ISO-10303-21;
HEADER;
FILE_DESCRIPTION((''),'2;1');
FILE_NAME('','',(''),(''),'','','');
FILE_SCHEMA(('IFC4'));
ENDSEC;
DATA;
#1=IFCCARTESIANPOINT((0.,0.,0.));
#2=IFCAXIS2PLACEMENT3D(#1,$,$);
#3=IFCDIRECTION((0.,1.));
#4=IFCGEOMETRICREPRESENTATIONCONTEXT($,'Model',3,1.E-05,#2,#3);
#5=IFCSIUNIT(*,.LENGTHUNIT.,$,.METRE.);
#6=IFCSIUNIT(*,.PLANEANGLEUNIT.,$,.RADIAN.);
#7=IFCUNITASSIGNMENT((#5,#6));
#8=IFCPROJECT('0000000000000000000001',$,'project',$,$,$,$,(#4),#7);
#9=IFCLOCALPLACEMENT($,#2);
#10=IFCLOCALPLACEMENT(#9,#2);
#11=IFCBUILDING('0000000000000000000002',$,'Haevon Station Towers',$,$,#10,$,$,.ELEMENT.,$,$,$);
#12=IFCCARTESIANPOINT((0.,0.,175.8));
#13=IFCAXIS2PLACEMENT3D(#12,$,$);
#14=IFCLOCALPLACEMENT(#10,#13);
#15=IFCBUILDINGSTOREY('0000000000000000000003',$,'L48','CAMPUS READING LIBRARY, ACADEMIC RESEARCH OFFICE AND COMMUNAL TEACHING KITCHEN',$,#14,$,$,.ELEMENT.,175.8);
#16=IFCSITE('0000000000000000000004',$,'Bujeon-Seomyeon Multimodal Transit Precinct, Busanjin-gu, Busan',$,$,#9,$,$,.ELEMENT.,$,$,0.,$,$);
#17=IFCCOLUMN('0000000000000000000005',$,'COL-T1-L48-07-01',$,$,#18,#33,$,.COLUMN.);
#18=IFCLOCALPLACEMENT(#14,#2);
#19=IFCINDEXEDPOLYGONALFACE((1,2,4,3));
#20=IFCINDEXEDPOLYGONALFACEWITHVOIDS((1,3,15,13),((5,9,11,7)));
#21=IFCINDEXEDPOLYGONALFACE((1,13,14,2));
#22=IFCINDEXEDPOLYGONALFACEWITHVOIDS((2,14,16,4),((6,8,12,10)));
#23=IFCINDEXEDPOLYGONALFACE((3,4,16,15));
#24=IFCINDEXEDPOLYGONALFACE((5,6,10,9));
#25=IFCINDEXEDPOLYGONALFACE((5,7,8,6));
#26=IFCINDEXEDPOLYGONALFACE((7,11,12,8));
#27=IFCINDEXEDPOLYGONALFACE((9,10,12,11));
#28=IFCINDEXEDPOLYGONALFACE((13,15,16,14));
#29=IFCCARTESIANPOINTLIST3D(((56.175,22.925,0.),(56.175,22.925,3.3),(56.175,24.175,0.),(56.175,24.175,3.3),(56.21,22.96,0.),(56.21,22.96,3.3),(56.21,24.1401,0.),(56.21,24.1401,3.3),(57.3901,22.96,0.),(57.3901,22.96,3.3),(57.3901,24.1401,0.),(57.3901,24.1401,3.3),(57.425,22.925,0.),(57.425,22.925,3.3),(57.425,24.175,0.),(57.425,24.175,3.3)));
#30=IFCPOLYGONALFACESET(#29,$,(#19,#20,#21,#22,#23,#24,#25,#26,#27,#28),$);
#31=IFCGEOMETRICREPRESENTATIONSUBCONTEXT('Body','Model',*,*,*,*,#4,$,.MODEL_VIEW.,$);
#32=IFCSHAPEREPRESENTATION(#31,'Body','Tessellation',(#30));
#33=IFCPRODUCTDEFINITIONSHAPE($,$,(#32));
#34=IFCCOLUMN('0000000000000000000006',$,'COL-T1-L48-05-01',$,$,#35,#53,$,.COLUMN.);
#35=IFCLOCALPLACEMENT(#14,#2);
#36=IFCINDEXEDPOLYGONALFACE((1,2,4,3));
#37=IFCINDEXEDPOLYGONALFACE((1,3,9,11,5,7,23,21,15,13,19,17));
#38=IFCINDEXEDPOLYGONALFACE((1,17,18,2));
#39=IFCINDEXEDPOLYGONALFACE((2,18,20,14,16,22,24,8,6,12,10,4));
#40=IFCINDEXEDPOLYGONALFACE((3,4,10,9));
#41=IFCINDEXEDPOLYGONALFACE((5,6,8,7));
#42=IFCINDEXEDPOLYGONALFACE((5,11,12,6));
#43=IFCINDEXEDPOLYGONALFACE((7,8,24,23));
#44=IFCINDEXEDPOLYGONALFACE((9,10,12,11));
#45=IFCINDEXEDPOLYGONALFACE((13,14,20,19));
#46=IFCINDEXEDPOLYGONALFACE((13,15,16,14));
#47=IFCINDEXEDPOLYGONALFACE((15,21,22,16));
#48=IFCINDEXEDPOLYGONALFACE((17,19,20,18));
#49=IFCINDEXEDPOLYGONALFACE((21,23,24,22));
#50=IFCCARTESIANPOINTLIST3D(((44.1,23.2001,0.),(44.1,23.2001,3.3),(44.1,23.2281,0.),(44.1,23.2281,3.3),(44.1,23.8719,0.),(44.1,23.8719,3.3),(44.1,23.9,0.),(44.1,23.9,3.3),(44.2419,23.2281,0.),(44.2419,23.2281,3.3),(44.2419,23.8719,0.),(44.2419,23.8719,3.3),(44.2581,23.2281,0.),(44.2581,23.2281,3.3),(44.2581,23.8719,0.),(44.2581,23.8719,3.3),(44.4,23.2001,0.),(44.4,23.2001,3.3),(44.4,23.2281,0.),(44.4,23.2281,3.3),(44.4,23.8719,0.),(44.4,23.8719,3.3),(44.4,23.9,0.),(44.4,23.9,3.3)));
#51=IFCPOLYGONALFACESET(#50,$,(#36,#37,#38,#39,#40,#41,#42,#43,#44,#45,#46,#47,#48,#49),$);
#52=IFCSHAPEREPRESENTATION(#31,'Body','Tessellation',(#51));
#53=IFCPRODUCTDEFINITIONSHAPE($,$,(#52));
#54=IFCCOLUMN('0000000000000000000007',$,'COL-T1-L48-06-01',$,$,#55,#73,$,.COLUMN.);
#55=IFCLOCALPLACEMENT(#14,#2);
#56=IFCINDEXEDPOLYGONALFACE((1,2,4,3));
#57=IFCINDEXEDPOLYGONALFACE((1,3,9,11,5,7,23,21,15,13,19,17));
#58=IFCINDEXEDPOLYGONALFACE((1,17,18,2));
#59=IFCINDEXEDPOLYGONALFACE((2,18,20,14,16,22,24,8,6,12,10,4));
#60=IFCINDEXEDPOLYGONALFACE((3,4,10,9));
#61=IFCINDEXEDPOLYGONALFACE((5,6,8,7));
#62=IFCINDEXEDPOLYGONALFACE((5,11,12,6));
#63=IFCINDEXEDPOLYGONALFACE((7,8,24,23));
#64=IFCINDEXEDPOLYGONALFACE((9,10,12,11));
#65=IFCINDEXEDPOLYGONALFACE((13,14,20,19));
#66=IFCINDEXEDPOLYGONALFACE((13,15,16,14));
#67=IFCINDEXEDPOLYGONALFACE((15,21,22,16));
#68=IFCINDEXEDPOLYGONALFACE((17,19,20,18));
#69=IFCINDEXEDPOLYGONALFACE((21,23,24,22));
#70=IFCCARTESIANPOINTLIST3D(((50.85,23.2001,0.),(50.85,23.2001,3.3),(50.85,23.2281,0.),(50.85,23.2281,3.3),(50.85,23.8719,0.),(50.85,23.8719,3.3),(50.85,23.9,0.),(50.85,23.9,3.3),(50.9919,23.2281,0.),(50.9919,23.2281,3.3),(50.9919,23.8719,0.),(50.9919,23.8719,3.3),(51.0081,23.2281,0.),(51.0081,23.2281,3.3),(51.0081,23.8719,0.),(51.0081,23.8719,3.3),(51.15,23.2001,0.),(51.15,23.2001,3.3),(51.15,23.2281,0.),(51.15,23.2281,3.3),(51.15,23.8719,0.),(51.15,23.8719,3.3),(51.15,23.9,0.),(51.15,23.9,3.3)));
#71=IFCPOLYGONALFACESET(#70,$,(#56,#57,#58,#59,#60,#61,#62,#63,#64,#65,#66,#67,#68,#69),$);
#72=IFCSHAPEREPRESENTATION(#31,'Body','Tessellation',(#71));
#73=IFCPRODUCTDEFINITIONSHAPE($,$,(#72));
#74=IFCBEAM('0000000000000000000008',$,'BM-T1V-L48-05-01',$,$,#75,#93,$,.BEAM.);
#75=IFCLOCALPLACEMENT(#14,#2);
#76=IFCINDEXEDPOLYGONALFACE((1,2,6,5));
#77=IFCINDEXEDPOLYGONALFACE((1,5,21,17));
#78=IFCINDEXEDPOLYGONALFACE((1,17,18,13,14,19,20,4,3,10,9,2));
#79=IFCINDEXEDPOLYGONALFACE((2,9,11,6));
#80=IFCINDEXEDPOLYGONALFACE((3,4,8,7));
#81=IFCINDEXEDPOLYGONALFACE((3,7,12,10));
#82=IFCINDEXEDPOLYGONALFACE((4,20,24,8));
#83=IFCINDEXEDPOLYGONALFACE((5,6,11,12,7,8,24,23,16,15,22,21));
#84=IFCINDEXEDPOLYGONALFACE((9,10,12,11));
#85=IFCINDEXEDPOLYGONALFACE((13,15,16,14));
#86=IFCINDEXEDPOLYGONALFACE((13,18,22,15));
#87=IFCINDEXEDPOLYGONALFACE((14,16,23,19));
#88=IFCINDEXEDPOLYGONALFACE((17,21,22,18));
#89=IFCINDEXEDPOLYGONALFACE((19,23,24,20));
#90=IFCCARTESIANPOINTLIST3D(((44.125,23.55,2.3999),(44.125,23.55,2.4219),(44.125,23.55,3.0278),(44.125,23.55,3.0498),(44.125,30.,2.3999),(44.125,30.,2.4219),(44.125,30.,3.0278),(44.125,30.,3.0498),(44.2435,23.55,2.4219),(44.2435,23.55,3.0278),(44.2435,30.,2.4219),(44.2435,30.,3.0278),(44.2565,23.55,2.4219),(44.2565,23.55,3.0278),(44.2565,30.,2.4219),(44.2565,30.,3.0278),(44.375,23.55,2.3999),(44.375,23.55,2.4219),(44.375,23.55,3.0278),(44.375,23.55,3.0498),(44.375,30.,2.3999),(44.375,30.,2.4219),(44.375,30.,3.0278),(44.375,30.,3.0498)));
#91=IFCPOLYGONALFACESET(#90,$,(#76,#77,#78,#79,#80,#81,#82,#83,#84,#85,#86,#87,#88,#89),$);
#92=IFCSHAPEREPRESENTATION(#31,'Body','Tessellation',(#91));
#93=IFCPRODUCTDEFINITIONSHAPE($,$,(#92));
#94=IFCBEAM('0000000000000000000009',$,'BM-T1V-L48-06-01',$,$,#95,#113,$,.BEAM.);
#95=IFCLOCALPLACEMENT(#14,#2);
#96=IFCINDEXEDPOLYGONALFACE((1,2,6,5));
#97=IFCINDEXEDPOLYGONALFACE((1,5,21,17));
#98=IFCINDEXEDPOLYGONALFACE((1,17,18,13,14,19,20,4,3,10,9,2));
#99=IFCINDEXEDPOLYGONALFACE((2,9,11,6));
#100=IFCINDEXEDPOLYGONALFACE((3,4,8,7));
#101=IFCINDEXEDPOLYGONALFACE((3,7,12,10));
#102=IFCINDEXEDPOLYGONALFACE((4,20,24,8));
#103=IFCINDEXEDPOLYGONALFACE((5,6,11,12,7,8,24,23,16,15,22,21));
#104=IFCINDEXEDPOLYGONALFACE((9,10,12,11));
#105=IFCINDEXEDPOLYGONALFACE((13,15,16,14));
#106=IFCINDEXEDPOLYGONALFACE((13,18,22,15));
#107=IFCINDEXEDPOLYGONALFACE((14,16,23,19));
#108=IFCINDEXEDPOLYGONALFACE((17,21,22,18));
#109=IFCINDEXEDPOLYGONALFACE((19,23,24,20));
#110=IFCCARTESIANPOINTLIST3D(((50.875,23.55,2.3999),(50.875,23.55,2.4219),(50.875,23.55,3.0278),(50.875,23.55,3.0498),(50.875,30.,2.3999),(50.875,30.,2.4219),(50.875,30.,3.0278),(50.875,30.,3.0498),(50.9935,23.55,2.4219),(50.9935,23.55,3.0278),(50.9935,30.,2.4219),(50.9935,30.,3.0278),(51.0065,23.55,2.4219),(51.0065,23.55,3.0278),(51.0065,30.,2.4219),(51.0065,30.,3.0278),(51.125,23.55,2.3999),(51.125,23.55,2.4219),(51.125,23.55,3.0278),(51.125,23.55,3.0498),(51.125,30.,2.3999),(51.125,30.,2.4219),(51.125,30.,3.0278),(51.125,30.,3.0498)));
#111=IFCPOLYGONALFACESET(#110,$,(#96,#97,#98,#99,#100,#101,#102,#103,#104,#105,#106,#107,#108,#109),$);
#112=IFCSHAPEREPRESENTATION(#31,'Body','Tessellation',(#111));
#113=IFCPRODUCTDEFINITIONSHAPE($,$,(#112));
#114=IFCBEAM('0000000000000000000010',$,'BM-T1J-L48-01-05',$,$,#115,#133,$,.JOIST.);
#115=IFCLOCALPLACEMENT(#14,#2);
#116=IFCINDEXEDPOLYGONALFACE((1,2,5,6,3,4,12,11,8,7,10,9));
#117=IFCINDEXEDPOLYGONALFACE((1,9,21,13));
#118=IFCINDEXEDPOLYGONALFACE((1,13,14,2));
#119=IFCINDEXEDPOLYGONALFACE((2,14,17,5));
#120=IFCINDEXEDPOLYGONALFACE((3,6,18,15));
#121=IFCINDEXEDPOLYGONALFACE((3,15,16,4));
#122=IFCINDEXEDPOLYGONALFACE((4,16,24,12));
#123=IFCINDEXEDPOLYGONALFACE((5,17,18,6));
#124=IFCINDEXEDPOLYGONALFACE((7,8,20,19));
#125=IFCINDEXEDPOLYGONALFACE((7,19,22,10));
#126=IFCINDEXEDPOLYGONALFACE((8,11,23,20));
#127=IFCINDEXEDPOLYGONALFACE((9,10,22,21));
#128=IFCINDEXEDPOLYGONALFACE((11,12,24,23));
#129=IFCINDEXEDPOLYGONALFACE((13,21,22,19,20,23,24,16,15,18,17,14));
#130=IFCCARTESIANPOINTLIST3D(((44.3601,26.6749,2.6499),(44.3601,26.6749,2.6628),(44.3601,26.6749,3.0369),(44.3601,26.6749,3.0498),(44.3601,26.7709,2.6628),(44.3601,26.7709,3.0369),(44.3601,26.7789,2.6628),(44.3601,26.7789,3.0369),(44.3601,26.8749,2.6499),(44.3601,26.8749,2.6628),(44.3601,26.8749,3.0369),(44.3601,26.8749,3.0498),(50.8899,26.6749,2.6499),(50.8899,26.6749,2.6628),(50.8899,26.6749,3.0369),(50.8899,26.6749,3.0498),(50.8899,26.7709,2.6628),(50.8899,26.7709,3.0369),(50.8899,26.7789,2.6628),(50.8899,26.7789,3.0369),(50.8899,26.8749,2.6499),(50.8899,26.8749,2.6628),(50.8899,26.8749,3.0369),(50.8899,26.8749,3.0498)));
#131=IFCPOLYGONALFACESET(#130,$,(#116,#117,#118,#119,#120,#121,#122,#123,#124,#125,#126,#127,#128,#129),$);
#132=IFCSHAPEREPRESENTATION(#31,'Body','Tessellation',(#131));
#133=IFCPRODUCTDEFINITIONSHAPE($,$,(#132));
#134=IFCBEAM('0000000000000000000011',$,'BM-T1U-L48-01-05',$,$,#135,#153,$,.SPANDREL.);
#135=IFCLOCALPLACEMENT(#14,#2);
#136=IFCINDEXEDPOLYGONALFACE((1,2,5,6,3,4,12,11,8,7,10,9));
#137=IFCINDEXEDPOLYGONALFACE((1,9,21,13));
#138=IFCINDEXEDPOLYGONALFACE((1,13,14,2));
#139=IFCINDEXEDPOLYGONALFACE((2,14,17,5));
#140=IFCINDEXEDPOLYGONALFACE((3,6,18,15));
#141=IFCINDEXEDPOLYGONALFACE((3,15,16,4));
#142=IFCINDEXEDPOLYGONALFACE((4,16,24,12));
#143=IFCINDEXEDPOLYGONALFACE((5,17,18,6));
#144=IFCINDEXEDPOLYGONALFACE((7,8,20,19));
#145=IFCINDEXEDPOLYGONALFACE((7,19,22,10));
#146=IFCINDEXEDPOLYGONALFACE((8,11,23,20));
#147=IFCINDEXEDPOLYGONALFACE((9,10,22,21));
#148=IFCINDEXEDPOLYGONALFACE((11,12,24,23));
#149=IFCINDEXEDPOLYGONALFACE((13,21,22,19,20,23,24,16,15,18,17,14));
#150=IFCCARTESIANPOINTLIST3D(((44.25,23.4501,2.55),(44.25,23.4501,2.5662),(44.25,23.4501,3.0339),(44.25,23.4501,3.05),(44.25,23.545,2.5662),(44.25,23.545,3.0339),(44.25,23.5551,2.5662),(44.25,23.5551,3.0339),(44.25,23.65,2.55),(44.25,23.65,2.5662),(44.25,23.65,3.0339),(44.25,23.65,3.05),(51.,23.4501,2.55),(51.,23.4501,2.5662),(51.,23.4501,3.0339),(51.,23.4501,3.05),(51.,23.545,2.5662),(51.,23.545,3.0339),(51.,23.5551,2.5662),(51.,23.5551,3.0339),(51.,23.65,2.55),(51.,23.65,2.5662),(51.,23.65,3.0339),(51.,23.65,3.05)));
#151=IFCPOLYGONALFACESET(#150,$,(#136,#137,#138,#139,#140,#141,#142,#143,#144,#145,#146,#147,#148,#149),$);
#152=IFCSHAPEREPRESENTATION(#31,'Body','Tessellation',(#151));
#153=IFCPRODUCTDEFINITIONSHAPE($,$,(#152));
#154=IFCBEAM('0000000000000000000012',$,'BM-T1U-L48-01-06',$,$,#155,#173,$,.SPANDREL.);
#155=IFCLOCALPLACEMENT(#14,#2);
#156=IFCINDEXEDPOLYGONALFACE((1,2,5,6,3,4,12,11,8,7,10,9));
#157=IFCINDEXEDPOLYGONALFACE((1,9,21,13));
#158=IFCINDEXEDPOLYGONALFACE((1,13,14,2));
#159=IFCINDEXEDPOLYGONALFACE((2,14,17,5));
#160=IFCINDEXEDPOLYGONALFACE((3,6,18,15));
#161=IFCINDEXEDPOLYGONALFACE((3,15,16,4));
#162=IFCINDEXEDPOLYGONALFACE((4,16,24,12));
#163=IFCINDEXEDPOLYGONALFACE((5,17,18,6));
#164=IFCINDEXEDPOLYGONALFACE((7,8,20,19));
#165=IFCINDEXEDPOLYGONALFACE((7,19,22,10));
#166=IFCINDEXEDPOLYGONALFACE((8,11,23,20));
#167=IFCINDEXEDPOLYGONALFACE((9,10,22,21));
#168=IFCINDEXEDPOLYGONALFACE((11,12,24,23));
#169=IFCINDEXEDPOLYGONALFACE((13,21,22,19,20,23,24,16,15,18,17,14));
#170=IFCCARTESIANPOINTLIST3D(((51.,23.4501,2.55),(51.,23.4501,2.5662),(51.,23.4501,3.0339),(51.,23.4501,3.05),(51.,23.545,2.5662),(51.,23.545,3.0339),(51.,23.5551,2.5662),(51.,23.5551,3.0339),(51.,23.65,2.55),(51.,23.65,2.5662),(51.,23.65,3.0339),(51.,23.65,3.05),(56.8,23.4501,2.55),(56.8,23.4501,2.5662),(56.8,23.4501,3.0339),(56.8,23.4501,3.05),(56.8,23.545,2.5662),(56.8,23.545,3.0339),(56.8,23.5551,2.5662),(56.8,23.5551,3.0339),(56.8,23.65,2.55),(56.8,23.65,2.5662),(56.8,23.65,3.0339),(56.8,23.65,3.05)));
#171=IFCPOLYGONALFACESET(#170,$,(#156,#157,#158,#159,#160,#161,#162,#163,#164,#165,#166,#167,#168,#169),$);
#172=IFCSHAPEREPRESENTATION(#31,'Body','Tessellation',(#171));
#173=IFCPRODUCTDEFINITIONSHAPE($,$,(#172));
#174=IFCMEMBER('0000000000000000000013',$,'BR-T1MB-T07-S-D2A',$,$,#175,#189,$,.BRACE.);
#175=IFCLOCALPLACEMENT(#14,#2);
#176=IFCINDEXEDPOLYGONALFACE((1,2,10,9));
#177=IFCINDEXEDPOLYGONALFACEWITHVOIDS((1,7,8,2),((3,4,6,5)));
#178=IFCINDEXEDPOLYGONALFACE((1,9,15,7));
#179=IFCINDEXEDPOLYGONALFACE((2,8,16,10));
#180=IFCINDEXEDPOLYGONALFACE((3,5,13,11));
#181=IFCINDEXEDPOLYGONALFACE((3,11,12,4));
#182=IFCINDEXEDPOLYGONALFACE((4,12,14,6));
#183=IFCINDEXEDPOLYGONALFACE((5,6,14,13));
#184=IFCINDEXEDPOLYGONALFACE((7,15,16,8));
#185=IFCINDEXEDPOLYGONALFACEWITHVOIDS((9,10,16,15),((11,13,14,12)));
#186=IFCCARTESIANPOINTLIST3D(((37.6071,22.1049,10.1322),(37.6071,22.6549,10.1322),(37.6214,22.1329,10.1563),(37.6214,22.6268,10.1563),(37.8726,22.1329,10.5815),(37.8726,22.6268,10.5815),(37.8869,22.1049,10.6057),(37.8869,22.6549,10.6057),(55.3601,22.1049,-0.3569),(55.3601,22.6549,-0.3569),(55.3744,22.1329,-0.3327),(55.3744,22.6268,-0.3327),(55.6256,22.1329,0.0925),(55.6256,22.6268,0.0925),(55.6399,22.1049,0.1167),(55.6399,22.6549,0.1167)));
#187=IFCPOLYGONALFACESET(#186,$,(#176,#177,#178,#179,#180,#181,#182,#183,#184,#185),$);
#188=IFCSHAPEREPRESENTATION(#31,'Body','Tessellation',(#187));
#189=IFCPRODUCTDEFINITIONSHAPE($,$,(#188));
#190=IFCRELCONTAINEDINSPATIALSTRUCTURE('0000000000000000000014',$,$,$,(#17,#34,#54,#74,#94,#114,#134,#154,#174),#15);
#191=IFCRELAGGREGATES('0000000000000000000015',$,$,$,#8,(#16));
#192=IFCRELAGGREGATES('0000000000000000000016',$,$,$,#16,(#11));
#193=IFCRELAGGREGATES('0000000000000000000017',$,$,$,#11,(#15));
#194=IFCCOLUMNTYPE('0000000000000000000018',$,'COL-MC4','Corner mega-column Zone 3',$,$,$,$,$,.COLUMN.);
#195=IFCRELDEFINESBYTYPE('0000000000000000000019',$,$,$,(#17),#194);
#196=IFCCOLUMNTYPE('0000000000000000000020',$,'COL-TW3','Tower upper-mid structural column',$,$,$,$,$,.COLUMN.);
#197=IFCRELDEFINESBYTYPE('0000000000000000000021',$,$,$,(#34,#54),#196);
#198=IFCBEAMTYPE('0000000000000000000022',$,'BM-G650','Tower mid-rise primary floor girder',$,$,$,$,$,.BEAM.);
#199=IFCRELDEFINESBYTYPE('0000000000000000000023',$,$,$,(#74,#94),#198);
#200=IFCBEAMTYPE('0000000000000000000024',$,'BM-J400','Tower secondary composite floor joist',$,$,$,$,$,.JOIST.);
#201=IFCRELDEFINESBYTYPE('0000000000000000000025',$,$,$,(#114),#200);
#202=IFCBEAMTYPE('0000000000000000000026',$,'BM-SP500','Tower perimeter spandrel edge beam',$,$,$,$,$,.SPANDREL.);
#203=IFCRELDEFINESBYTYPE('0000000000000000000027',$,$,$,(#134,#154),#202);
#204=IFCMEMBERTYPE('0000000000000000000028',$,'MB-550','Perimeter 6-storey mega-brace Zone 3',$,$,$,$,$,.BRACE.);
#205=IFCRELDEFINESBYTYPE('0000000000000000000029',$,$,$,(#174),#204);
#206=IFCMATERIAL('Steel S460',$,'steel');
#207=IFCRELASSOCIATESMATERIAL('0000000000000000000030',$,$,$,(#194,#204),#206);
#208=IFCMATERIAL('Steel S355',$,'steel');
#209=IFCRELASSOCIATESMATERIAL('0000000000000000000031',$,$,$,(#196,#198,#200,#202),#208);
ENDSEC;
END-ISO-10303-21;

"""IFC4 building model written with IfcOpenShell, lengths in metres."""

from ifc_helpers import new_model, si_unit, direction, frame, origin, origin_2d, place, context, subcontext, project, spatial, hollow_rectangle, i_section, extrude, material, material_profile, profile_set, type_object, element, save


model = new_model("IFC4")

# Units and contexts
model_context = context("Model", 3, precision=1e-05, world=origin(), true_north=direction((0.0, 1.0)))
body_context = subcontext(model_context, "Body", "Model", "MODEL_VIEW")
ifc_project = project(units=[si_unit("LENGTHUNIT", "METRE"), si_unit("PLANEANGLEUNIT", "RADIAN")], contexts=[model_context])

# Site, building, storey
site_placement = place(None, origin())
site = spatial("IfcSite", under=ifc_project, at=site_placement, Name="Bujeon-Seomyeon Multimodal Transit Precinct, Busanjin-gu, Busan", CompositionType="ELEMENT", RefElevation=0.0)
building_placement = place(site_placement, origin())
building = spatial("IfcBuilding", under=site, at=building_placement, Name="Haevon Station Towers", CompositionType="ELEMENT")
storey_placement = place(building_placement, frame((0.0, 0.0, 175.8)))
storey = spatial("IfcBuildingStorey", under=building, at=storey_placement, Name="L48", Description="CAMPUS READING LIBRARY, ACADEMIC RESEARCH OFFICE AND COMMUNAL TEACHING KITCHEN", CompositionType="ELEMENT", Elevation=175.8)

# Columns
ifc_material_1 = material(Name="Steel S460", Category="steel")
ifc_material_profile_1 = material_profile(ifc_material_1, hollow_rectangle(XDim=1.25, YDim=1.25, WallThickness=0.0349, at=origin_2d()), Name="BOX-1250x1250x35")
ifc_profile_set_1 = profile_set([ifc_material_profile_1], Name="Steel S460")
column_type_1 = type_object("IfcColumnType", Name="COL-MC4", Description="Corner mega-column Zone 3", PredefinedType="COLUMN", material=ifc_profile_set_1)
column_placement = place(storey_placement, frame((56.8, 23.55, 0.0), z_axis=(0.0, 0.0, 1.0), x_axis=(1.0, 0.0, 0.0)))
element("IfcColumn", 1, at=column_placement, inside=storey, type_object=column_type_1, Name="COL-T1-L48-07-01", PredefinedType="COLUMN", context=body_context, shape_type="SweptSolid", body=[
    extrude(hollow_rectangle(XDim=1.25, YDim=1.25, WallThickness=0.0349, at=origin_2d()), origin(), (0.0, 0.0, 1.0), 3.3),
])
ifc_material_2 = material(Name="Steel S355", Category="steel")
ifc_material_profile_2 = material_profile(ifc_material_2, i_section(OverallWidth=0.3, OverallDepth=0.7, WebThickness=0.0161, FlangeThickness=0.0281, at=origin_2d()), Name="H-700x300x16x28")
ifc_profile_set_2 = profile_set([ifc_material_profile_2], Name="Steel S355")
column_type_2 = type_object("IfcColumnType", Name="COL-TW3", Description="Tower upper-mid structural column", PredefinedType="COLUMN", material=ifc_profile_set_2)
for number, where, z_axis, x_axis, name in (
    (2, (44.25, 23.55, 0.0), (0.0, 0.0, 1.0), (1.0, 0.0, 0.0), "COL-T1-L48-05-01"),
    (3, (51.0, 23.55, 0.0), (0.0, 0.0, 1.0), (1.0, 0.0, 0.0), "COL-T1-L48-06-01"),
):
    element("IfcColumn", number, at=place(storey_placement, frame(where, z_axis=z_axis, x_axis=x_axis)), inside=storey, type_object=column_type_2, Name=name, PredefinedType="COLUMN", context=body_context, shape_type="SweptSolid", body=[
        extrude(i_section(OverallWidth=0.3, OverallDepth=0.7, WebThickness=0.0161, FlangeThickness=0.0281, at=origin_2d()), origin(), (0.0, 0.0, 1.0), 3.3),
    ])

# Beams
ifc_material_profile_3 = material_profile(ifc_material_2, i_section(OverallWidth=0.25, OverallDepth=0.6499, WebThickness=0.0129, FlangeThickness=0.022, at=origin_2d()), Name="H-650x250x13x22")
ifc_profile_set_3 = profile_set([ifc_material_profile_3], Name="Steel S355")
beam_type_1 = type_object("IfcBeamType", Name="BM-G650", Description="Tower mid-rise primary floor girder", PredefinedType="BEAM", material=ifc_profile_set_3)
for number, where, z_axis, x_axis, name in (
    (4, (44.25, 23.55, 2.7249), (0.0, 1.0, 0.0), (-1.0, 0.0, 0.0), "BM-T1V-L48-05-01"),
    (5, (51.0, 23.55, 2.7249), (0.0, 1.0, 0.0), (-1.0, 0.0, 0.0), "BM-T1V-L48-06-01"),
):
    element("IfcBeam", number, at=place(storey_placement, frame(where, z_axis=z_axis, x_axis=x_axis)), inside=storey, type_object=beam_type_1, Name=name, PredefinedType="BEAM", context=body_context, shape_type="SweptSolid", body=[
        extrude(i_section(OverallWidth=0.25, OverallDepth=0.6499, WebThickness=0.0129, FlangeThickness=0.022, at=origin_2d()), origin(), (0.0, 0.0, 1.0), 6.45),
    ])
ifc_material_profile_4 = material_profile(ifc_material_2, i_section(OverallWidth=0.2, OverallDepth=0.3999, WebThickness=0.0081, FlangeThickness=0.0129, at=origin_2d()), Name="H-400x200x8x13")
ifc_profile_set_4 = profile_set([ifc_material_profile_4], Name="Steel S355")
beam_type_2 = type_object("IfcBeamType", Name="BM-J400", Description="Tower secondary composite floor joist", PredefinedType="JOIST", material=ifc_profile_set_4)
beam_1_placement = place(storey_placement, frame((44.3601, 26.7749, 2.8499), z_axis=(1.0, 0.0, 0.0), x_axis=(0.0, 1.0, 0.0)))
element("IfcBeam", 6, at=beam_1_placement, inside=storey, type_object=beam_type_2, Name="BM-T1J-L48-01-05", PredefinedType="JOIST", context=body_context, shape_type="SweptSolid", body=[
    extrude(i_section(OverallWidth=0.2, OverallDepth=0.3999, WebThickness=0.0081, FlangeThickness=0.0129, at=origin_2d()), origin(), (0.0, 0.0, 1.0), 6.5298),
])
ifc_material_profile_5 = material_profile(ifc_material_2, i_section(OverallWidth=0.2, OverallDepth=0.5, WebThickness=0.01, FlangeThickness=0.0161, at=origin_2d()), Name="H-500x200x10x16")
ifc_profile_set_5 = profile_set([ifc_material_profile_5], Name="Steel S355")
beam_type_3 = type_object("IfcBeamType", Name="BM-SP500", Description="Tower perimeter spandrel edge beam", PredefinedType="SPANDREL", material=ifc_profile_set_5)
beam_2_placement = place(storey_placement, frame((44.25, 23.55, 2.8), z_axis=(1.0, 0.0, 0.0), x_axis=(0.0, 1.0, 0.0)))
element("IfcBeam", 7, at=beam_2_placement, inside=storey, type_object=beam_type_3, Name="BM-T1U-L48-01-05", PredefinedType="SPANDREL", context=body_context, shape_type="SweptSolid", body=[
    extrude(i_section(OverallWidth=0.2, OverallDepth=0.5, WebThickness=0.01, FlangeThickness=0.0161, at=origin_2d()), origin(), (0.0, 0.0, 1.0), 6.75),
])
beam_3_placement = place(storey_placement, frame((51.0, 23.55, 2.8), z_axis=(1.0, 0.0, 0.0), x_axis=(0.0, 1.0, 0.0)))
element("IfcBeam", 8, at=beam_3_placement, inside=storey, type_object=beam_type_3, Name="BM-T1U-L48-01-06", PredefinedType="SPANDREL", context=body_context, shape_type="SweptSolid", body=[
    extrude(i_section(OverallWidth=0.2, OverallDepth=0.5, WebThickness=0.01, FlangeThickness=0.0161, at=origin_2d()), origin(), (0.0, 0.0, 1.0), 5.8),
])

# Member
ifc_material_profile_6 = material_profile(ifc_material_1, hollow_rectangle(XDim=0.55, YDim=0.55, WallThickness=0.0281, at=origin_2d()), Name="RHS-550x550x28")
ifc_profile_set_6 = profile_set([ifc_material_profile_6], Name="Steel S460")
member_type = type_object("IfcMemberType", Name="MB-550", Description="Perimeter 6-storey mega-brace Zone 3", PredefinedType="BRACE", material=ifc_profile_set_6)
member_placement = place(storey_placement, frame((55.5, 22.3799, -0.1201), z_axis=(-0.860955, 0.0, 0.508681), x_axis=(0.0, -1.0, 0.0)))
element("IfcMember", 9, at=member_placement, inside=storey, type_object=member_type, Name="BR-T1MB-T07-S-D2A", PredefinedType="BRACE", context=body_context, shape_type="SweptSolid", body=[
    extrude(hollow_rectangle(XDim=0.55, YDim=0.55, WallThickness=0.0281, at=origin_2d()), origin(), (0.0, 0.0, 1.0), 20.6201),
])

save(model, "model.ifc")
